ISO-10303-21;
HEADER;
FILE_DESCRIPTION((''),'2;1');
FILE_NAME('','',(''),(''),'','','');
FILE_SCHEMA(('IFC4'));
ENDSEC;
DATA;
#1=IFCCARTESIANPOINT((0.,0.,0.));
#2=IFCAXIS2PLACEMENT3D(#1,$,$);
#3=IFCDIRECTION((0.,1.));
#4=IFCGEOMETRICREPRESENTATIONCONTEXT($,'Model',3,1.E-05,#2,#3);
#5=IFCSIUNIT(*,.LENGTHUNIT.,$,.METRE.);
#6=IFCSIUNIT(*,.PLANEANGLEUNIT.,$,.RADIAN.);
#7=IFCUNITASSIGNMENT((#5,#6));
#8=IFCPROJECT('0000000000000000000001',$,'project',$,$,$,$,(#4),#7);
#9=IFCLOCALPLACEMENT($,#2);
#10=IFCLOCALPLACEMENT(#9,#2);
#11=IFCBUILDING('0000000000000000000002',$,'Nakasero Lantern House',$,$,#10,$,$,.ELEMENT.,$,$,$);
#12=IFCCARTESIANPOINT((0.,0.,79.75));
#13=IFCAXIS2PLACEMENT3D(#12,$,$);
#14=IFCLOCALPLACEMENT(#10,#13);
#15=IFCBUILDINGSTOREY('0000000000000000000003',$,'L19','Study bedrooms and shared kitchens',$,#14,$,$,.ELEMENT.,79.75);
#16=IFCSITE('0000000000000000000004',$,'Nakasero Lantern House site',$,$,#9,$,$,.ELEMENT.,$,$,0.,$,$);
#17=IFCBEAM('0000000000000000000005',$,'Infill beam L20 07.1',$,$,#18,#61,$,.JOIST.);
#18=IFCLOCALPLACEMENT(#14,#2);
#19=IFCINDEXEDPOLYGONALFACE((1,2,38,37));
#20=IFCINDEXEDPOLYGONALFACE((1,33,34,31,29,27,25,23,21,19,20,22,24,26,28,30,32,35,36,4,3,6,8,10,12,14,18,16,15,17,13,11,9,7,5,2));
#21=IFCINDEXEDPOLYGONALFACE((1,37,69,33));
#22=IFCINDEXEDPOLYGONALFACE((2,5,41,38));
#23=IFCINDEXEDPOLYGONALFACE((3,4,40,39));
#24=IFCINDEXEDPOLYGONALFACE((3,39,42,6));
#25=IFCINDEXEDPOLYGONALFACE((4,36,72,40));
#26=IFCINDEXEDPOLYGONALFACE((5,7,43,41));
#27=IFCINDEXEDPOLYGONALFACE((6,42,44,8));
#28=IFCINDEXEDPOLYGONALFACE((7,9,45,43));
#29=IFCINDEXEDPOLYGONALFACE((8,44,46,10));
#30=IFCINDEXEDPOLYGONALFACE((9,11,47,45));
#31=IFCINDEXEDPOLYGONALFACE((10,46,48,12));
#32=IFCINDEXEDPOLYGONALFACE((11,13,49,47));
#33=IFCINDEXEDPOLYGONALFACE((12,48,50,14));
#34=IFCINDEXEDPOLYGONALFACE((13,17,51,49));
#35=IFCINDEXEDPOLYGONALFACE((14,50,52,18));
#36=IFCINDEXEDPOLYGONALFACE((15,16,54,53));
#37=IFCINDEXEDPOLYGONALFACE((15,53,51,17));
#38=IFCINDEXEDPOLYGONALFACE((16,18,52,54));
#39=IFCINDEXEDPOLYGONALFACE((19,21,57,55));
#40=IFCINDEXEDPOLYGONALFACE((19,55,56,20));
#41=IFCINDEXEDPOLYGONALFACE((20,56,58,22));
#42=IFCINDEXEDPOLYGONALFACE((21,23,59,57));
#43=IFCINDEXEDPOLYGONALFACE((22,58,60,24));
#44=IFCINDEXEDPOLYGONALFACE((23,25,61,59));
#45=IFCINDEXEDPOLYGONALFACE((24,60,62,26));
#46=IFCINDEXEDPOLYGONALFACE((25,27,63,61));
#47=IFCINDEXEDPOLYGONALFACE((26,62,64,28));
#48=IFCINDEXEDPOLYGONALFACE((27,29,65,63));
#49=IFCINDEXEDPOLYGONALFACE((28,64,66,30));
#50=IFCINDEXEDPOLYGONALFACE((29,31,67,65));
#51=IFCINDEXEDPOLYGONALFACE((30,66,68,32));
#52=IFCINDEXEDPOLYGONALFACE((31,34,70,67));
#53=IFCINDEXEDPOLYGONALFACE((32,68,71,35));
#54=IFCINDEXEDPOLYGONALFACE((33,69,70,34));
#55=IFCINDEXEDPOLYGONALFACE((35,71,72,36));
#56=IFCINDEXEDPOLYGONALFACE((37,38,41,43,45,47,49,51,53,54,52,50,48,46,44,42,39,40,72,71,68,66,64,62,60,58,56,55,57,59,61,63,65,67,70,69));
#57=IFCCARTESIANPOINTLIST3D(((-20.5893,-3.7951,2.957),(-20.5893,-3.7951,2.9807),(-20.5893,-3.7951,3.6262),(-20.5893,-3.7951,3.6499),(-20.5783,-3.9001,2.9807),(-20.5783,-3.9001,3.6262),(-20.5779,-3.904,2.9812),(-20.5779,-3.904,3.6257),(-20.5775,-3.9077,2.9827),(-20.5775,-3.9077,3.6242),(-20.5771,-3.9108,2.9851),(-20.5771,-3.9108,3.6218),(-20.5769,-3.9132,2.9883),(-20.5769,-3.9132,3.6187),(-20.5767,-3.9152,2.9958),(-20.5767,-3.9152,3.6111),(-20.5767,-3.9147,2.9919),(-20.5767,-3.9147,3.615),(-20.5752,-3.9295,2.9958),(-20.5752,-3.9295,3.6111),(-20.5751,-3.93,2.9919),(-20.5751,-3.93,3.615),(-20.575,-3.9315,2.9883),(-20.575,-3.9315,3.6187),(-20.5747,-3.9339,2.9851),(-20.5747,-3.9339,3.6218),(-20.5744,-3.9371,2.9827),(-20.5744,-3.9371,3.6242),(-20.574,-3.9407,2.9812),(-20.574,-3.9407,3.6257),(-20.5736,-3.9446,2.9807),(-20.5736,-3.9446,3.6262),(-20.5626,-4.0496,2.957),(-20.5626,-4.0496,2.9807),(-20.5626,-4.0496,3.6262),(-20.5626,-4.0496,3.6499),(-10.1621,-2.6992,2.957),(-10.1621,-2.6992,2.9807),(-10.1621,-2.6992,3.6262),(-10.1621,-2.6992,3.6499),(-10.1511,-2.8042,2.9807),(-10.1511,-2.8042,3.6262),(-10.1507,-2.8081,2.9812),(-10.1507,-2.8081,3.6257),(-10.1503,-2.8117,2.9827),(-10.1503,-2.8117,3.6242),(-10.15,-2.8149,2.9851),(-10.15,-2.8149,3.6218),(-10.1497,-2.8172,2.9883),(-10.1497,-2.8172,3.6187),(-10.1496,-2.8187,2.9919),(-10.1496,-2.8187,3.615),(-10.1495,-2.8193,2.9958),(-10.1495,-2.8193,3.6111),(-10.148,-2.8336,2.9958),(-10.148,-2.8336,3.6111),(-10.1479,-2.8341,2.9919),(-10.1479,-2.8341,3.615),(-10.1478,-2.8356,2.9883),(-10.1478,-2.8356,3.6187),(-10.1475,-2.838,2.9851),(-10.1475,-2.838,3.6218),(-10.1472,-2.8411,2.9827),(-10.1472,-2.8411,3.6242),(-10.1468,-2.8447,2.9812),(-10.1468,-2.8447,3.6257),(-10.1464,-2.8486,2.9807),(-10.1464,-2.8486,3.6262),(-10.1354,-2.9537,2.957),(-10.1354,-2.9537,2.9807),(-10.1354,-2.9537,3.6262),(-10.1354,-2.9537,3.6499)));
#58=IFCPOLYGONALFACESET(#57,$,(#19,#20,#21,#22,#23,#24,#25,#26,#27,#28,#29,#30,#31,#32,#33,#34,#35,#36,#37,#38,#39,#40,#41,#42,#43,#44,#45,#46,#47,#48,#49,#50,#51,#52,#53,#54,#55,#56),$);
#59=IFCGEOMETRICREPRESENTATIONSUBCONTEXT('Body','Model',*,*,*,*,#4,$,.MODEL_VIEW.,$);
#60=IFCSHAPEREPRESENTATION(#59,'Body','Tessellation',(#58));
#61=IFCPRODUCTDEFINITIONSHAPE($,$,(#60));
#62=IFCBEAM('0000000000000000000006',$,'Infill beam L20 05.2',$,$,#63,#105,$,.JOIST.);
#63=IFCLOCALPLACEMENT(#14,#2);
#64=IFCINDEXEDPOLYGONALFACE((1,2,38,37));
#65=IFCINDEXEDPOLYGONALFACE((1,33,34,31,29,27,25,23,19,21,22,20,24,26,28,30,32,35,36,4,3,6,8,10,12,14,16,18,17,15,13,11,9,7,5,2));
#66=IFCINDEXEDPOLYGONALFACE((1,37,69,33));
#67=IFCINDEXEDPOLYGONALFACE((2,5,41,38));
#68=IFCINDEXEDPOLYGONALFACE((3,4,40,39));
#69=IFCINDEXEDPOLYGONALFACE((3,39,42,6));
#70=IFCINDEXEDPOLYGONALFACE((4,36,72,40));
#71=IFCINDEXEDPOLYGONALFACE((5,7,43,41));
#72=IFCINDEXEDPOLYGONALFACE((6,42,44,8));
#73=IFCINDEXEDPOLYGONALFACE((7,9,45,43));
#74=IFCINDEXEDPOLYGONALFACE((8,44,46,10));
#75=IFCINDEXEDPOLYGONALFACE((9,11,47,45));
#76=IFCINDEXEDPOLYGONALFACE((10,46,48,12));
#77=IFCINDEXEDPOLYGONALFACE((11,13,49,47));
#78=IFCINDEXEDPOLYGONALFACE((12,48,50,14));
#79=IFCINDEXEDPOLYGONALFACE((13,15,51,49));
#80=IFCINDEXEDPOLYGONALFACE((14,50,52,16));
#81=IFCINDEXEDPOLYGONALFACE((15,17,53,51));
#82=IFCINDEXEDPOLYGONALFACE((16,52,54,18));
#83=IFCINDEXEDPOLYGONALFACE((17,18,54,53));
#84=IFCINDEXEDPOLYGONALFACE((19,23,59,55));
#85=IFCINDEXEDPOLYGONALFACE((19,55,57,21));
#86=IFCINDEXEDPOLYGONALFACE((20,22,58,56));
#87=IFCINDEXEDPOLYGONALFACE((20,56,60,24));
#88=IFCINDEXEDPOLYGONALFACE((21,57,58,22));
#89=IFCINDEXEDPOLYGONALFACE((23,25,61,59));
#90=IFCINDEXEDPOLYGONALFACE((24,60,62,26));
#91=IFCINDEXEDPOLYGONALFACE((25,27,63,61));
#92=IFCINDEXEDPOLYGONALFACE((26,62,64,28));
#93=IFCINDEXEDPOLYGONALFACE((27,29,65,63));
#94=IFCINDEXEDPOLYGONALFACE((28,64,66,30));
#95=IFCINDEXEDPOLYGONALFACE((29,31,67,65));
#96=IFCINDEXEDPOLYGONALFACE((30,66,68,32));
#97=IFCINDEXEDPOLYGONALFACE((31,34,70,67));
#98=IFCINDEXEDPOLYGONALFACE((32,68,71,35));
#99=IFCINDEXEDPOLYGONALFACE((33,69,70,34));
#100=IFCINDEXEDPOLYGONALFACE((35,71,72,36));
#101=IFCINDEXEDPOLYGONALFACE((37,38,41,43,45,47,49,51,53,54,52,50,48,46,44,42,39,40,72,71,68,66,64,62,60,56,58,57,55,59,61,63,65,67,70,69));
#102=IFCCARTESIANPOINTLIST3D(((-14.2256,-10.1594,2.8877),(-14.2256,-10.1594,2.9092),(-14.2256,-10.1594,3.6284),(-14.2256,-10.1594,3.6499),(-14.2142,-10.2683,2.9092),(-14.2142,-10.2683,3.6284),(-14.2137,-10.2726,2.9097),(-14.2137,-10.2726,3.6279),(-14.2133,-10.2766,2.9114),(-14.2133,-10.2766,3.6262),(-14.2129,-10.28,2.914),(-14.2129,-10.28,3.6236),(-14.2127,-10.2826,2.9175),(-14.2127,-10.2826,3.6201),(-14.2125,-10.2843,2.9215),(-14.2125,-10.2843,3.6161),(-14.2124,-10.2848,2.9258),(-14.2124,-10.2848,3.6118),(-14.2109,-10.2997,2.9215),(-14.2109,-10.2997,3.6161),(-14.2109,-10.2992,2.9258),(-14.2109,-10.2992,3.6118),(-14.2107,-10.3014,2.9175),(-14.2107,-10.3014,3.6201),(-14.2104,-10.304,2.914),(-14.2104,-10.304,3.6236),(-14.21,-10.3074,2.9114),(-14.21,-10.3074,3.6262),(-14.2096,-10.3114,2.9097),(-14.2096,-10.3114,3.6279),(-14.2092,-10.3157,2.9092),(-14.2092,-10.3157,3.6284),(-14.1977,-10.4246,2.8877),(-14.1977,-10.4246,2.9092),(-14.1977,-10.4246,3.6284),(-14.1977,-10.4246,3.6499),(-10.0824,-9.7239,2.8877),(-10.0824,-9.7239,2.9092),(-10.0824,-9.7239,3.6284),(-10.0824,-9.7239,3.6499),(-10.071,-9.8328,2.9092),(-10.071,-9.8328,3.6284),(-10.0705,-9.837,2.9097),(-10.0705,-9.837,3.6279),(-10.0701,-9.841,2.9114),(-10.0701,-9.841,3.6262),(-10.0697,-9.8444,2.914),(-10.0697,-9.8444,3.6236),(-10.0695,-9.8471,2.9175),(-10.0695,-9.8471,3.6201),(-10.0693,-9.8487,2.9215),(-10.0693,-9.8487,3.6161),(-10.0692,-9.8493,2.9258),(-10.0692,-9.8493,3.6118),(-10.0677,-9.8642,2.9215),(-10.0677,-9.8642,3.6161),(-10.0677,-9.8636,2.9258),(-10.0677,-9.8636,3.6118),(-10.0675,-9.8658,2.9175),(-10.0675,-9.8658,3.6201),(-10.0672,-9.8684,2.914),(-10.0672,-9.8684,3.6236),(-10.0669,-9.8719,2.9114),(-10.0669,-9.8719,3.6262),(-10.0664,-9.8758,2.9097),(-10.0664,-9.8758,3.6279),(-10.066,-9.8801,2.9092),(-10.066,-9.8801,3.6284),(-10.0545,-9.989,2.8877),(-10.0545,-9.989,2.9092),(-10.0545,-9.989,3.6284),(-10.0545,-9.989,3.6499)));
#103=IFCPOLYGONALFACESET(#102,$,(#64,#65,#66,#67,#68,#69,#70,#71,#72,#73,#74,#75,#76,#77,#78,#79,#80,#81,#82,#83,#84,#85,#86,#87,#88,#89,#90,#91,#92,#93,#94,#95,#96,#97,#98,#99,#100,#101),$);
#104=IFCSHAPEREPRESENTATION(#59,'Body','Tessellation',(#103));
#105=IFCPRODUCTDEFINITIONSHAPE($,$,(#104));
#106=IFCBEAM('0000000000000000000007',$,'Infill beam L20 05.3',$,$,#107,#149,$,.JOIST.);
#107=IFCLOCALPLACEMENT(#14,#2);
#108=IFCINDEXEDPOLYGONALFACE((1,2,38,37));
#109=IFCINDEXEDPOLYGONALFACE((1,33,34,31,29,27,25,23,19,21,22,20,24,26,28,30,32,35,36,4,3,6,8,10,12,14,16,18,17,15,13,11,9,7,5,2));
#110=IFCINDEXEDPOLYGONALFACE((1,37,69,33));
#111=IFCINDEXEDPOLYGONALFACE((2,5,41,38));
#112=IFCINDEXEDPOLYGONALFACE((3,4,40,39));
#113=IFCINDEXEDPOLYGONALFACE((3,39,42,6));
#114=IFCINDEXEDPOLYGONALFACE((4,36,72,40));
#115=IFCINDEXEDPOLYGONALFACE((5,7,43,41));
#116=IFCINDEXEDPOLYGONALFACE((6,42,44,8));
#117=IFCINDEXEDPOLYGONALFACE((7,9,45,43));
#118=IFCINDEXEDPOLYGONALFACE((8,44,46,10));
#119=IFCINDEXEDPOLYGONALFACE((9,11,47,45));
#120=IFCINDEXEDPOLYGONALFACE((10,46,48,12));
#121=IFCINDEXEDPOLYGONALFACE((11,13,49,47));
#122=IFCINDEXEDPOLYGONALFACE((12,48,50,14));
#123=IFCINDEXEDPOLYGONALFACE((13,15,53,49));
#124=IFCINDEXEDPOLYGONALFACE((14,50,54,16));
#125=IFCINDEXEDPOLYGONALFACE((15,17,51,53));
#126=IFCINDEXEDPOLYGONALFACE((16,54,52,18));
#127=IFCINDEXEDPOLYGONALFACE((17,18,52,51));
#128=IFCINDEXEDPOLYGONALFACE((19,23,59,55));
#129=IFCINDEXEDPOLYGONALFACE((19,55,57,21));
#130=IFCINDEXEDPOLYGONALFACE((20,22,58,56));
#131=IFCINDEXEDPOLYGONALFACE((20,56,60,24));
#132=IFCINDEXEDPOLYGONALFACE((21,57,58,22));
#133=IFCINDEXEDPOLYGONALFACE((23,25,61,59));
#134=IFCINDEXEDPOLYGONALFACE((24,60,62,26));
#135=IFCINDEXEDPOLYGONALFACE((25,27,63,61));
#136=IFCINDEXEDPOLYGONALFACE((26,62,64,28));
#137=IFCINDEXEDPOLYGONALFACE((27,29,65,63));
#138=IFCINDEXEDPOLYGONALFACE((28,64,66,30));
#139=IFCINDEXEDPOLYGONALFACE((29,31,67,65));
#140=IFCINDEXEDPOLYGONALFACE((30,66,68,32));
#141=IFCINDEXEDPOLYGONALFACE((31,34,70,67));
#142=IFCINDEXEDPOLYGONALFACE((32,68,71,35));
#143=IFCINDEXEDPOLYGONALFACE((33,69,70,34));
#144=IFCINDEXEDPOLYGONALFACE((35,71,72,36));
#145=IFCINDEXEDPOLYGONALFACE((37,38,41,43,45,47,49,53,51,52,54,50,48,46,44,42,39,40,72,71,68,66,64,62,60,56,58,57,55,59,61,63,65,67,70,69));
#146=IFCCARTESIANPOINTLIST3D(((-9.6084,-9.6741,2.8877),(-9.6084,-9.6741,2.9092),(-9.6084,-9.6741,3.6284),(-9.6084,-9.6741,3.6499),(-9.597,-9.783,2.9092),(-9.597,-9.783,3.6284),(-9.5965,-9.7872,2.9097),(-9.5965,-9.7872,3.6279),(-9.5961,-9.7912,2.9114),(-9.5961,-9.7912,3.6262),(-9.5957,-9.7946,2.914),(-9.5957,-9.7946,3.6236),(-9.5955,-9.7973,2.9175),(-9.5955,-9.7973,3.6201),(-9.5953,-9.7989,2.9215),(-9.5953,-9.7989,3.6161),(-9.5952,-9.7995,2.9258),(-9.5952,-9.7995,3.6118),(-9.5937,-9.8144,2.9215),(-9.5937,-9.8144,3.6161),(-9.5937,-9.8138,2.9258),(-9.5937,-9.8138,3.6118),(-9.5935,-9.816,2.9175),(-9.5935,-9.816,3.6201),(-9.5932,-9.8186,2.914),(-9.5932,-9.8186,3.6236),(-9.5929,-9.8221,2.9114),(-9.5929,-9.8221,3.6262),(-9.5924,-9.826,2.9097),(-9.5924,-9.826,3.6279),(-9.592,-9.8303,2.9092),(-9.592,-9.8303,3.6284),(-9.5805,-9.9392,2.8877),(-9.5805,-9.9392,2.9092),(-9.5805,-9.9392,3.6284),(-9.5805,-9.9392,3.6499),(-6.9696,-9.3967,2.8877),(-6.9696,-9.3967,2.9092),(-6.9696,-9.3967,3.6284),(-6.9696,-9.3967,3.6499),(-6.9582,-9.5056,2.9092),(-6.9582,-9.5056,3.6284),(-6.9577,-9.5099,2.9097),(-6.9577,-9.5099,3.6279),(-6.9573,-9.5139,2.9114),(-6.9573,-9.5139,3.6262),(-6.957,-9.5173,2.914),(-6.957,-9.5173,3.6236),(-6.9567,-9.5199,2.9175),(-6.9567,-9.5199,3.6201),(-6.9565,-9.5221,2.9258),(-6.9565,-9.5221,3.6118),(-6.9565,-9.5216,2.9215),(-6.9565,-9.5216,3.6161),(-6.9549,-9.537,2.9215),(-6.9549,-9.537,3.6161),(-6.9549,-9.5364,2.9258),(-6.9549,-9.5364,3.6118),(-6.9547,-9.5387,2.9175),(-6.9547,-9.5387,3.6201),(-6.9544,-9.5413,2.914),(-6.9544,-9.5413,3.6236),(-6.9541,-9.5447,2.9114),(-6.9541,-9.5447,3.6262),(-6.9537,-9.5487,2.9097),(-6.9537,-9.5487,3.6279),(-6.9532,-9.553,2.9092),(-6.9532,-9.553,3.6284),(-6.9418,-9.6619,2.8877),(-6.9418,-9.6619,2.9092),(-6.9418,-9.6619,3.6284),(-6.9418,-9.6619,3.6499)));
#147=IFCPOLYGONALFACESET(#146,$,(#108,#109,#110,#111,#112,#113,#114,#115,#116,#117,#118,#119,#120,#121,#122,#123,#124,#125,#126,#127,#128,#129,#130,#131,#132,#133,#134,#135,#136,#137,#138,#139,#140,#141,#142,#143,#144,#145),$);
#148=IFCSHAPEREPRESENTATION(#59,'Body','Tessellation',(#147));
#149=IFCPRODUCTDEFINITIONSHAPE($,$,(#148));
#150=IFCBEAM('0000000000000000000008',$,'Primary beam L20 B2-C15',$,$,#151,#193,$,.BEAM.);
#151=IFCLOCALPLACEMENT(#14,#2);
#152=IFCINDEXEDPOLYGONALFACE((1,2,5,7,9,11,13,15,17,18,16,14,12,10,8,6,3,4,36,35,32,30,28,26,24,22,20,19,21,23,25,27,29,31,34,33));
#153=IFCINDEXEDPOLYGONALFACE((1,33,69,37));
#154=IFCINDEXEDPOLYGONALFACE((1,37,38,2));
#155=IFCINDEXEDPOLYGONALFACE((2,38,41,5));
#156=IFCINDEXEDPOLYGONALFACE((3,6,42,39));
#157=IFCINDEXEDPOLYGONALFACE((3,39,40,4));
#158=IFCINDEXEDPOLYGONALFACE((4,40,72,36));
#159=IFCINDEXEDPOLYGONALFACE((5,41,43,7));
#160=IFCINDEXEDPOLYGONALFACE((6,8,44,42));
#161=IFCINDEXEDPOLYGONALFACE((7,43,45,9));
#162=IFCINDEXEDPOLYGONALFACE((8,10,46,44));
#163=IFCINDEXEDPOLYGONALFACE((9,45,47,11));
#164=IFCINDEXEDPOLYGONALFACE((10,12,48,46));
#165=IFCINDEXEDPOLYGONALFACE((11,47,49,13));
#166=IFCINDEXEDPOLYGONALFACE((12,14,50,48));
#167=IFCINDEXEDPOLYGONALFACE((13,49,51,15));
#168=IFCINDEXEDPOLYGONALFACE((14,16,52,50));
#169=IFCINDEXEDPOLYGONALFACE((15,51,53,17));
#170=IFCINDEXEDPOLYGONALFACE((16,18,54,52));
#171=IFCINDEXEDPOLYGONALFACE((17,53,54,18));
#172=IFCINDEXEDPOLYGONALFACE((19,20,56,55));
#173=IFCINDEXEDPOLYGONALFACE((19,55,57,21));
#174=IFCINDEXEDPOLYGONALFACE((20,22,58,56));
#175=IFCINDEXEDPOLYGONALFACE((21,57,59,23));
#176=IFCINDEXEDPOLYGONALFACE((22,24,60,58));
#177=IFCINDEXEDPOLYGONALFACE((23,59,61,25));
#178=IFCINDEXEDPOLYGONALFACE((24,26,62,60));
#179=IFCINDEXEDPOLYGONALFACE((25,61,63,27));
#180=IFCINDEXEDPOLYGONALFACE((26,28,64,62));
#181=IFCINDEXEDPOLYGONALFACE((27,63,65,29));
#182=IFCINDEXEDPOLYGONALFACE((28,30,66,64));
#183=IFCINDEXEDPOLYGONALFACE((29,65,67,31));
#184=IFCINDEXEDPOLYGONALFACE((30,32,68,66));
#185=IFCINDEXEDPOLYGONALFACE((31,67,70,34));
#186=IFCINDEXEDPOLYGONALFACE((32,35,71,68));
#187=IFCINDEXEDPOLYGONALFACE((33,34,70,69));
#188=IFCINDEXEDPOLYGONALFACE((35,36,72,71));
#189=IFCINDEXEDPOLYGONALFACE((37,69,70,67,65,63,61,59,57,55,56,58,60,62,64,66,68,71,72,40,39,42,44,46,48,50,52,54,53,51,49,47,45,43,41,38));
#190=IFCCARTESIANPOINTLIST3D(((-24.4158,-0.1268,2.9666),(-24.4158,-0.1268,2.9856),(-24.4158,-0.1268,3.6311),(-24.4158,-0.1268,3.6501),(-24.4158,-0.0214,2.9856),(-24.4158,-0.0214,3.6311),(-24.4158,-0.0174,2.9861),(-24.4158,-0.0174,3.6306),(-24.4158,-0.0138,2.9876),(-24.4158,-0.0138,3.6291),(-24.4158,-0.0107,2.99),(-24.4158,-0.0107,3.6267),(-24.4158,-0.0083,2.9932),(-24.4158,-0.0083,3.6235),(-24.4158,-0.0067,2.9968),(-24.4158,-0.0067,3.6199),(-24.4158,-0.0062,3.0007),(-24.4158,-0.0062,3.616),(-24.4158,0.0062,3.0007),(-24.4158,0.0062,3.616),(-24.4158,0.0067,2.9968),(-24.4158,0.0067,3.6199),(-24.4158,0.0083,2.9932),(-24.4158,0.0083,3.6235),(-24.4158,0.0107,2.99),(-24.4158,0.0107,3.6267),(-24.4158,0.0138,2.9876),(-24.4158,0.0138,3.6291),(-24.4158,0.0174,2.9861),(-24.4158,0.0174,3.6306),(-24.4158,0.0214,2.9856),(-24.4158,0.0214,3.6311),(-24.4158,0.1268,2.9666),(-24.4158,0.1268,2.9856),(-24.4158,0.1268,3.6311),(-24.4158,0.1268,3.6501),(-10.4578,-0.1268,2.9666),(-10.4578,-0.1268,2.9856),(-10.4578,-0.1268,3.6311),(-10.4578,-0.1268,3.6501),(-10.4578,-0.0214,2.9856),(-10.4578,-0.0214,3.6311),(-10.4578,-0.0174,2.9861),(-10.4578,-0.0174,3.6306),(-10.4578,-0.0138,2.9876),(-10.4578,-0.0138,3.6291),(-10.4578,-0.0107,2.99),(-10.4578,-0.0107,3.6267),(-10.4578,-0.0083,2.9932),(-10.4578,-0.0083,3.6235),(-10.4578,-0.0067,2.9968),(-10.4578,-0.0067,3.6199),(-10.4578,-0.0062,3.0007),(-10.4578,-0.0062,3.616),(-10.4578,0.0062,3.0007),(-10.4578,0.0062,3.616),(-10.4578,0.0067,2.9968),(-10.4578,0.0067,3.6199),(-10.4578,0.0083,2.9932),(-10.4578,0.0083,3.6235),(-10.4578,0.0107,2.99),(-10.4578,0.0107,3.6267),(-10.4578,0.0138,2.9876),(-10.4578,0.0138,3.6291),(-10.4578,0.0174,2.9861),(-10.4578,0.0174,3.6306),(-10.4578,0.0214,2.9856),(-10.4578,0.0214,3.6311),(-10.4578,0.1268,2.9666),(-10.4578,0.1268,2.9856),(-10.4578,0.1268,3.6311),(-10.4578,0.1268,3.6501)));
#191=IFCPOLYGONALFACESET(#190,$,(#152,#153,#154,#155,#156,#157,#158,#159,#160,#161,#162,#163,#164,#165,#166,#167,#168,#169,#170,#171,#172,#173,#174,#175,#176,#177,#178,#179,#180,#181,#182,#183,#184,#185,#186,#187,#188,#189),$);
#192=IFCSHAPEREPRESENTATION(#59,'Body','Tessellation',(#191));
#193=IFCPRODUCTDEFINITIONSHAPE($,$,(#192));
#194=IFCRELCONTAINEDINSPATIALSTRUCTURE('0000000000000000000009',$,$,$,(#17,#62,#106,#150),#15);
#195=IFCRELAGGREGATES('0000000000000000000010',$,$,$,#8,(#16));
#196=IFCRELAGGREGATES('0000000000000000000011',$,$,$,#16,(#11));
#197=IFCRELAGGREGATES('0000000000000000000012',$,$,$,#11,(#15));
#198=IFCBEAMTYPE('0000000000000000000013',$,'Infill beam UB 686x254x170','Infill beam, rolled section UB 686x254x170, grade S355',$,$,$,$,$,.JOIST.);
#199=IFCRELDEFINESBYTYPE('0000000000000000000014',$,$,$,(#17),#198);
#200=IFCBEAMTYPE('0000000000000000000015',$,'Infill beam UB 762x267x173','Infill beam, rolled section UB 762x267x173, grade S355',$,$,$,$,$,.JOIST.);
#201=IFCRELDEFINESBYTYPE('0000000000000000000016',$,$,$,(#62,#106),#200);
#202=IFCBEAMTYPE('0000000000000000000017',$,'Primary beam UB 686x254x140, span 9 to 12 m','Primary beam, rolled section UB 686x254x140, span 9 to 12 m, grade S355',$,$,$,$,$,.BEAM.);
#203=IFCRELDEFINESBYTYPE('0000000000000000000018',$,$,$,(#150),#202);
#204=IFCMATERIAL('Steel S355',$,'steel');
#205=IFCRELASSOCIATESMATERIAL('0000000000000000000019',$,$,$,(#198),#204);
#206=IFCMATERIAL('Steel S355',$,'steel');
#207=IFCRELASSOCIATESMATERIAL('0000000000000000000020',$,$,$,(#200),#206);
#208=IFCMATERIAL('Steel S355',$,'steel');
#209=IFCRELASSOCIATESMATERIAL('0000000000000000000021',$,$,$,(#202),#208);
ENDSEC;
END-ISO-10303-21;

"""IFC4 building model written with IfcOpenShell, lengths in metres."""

from ifc_helpers import new_model, si_unit, direction, frame, origin, origin_2d, place, context, subcontext, project, spatial, i_section, extrude, material, material_profile, profile_set, type_object, element, save


model = new_model("IFC4")

# Units and contexts
model_context = context("Model", 3, precision=1e-05, world=origin(), true_north=direction((0.0, 1.0)))
body_context = subcontext(model_context, "Body", "Model", "MODEL_VIEW")
ifc_project = project(units=[si_unit("LENGTHUNIT", "METRE"), si_unit("PLANEANGLEUNIT", "RADIAN")], contexts=[model_context])

# Site, building, storey
site_placement = place(None, origin())
site = spatial("IfcSite", under=ifc_project, at=site_placement, Name="Nakasero Lantern House site", CompositionType="ELEMENT", RefElevation=0.0)
building_placement = place(site_placement, origin())
building = spatial("IfcBuilding", under=site, at=building_placement, Name="Nakasero Lantern House", CompositionType="ELEMENT")
storey_placement = place(building_placement, frame((0.0, 0.0, 79.75)))
storey = spatial("IfcBuildingStorey", under=building, at=storey_placement, Name="L19", Description="Study bedrooms and shared kitchens", CompositionType="ELEMENT", Elevation=79.75)

# Beams
ifc_material_1 = material(Name="Steel S355", Category="steel")
ifc_material_profile_1 = material_profile(ifc_material_1, i_section(OverallWidth=0.2559, OverallDepth=0.6929, WebThickness=0.0144, FlangeThickness=0.0237, FilletRadius=0.0151, at=origin_2d()), Name="UB 686x254x170")
ifc_profile_set_1 = profile_set([ifc_material_profile_1], Name="Steel S355")
beam_type_1 = type_object("IfcBeamType", Name="Infill beam UB 686x254x170", Description="Infill beam, rolled section UB 686x254x170, grade S355", PredefinedType="JOIST", material=ifc_profile_set_1)
beam_1_placement = place(storey_placement, frame((-20.5759, -3.9224, 3.3035), z_axis=(0.994522, 0.104528, 0.0), x_axis=(-0.104528, 0.994522, 0.0)))
element("IfcBeam", 1, at=beam_1_placement, inside=storey, type_object=beam_type_1, Name="Infill beam L20 07.1", PredefinedType="JOIST", context=body_context, shape_type="SweptSolid", body=[
    extrude(i_section(OverallWidth=0.2559, OverallDepth=0.6929, WebThickness=0.0144, FlangeThickness=0.0237, FilletRadius=0.0151, at=origin_2d()), origin(), (0.0, 0.0, 1.0), 10.4846),
])
ifc_material_2 = material(Name="Steel S355", Category="steel")
ifc_material_profile_2 = material_profile(ifc_material_2, i_section(OverallWidth=0.2666, OverallDepth=0.7622, WebThickness=0.0144, FlangeThickness=0.0215, FilletRadius=0.0166, at=origin_2d()), Name="UB 762x267x173")
ifc_profile_set_2 = profile_set([ifc_material_profile_2], Name="Steel S355")
beam_type_2 = type_object("IfcBeamType", Name="Infill beam UB 762x267x173", Description="Infill beam, rolled section UB 762x267x173, grade S355", PredefinedType="JOIST", material=ifc_profile_set_2)
beam_2_placement = place(storey_placement, frame((-14.2117, -10.292, 3.2688), z_axis=(0.99452, 0.104551, 0.0), x_axis=(-0.104551, 0.99452, 0.0)))
element("IfcBeam", 2, at=beam_2_placement, inside=storey, type_object=beam_type_2, Name="Infill beam L20 05.2", PredefinedType="JOIST", context=body_context, shape_type="SweptSolid", body=[
    extrude(i_section(OverallWidth=0.2666, OverallDepth=0.7622, WebThickness=0.0144, FlangeThickness=0.0215, FilletRadius=0.0166, at=origin_2d()), origin(), (0.0, 0.0, 1.0), 4.166),
])
beam_3_placement = place(storey_placement, frame((-9.5945, -9.8066, 3.2688), z_axis=(0.994522, 0.104532, 0.0), x_axis=(-0.104532, 0.994522, 0.0)))
element("IfcBeam", 3, at=beam_3_placement, inside=storey, type_object=beam_type_2, Name="Infill beam L20 05.3", PredefinedType="JOIST", context=body_context, shape_type="SweptSolid", body=[
    extrude(i_section(OverallWidth=0.2666, OverallDepth=0.7622, WebThickness=0.0144, FlangeThickness=0.0215, FilletRadius=0.0166, at=origin_2d()), origin(), (0.0, 0.0, 1.0), 2.6533),
])
ifc_material_3 = material(Name="Steel S355", Category="steel")
ifc_material_profile_3 = material_profile(ifc_material_3, i_section(OverallWidth=0.2537, OverallDepth=0.6836, WebThickness=0.0125, FlangeThickness=0.019, FilletRadius=0.0151, at=origin_2d()), Name="UB 686x254x140")
ifc_profile_set_3 = profile_set([ifc_material_profile_3], Name="Steel S355")
beam_type_3 = type_object("IfcBeamType", Name="Primary beam UB 686x254x140, span 9 to 12 m", Description="Primary beam, rolled section UB 686x254x140, span 9 to 12 m, grade S355", PredefinedType="BEAM", material=ifc_profile_set_3)
beam_4_placement = place(storey_placement, frame((-24.4158, 0.0, 3.3083), z_axis=(1.0, 0.0, 0.0), x_axis=(0.0, 1.0, 0.0)))
element("IfcBeam", 4, at=beam_4_placement, inside=storey, type_object=beam_type_3, Name="Primary beam L20 B2-C15", PredefinedType="BEAM", context=body_context, shape_type="SweptSolid", body=[
    extrude(i_section(OverallWidth=0.2537, OverallDepth=0.6836, WebThickness=0.0125, FlangeThickness=0.019, FilletRadius=0.0151, at=origin_2d()), origin(), (0.0, 0.0, 1.0), 13.958),
])

save(model, "model.ifc")
